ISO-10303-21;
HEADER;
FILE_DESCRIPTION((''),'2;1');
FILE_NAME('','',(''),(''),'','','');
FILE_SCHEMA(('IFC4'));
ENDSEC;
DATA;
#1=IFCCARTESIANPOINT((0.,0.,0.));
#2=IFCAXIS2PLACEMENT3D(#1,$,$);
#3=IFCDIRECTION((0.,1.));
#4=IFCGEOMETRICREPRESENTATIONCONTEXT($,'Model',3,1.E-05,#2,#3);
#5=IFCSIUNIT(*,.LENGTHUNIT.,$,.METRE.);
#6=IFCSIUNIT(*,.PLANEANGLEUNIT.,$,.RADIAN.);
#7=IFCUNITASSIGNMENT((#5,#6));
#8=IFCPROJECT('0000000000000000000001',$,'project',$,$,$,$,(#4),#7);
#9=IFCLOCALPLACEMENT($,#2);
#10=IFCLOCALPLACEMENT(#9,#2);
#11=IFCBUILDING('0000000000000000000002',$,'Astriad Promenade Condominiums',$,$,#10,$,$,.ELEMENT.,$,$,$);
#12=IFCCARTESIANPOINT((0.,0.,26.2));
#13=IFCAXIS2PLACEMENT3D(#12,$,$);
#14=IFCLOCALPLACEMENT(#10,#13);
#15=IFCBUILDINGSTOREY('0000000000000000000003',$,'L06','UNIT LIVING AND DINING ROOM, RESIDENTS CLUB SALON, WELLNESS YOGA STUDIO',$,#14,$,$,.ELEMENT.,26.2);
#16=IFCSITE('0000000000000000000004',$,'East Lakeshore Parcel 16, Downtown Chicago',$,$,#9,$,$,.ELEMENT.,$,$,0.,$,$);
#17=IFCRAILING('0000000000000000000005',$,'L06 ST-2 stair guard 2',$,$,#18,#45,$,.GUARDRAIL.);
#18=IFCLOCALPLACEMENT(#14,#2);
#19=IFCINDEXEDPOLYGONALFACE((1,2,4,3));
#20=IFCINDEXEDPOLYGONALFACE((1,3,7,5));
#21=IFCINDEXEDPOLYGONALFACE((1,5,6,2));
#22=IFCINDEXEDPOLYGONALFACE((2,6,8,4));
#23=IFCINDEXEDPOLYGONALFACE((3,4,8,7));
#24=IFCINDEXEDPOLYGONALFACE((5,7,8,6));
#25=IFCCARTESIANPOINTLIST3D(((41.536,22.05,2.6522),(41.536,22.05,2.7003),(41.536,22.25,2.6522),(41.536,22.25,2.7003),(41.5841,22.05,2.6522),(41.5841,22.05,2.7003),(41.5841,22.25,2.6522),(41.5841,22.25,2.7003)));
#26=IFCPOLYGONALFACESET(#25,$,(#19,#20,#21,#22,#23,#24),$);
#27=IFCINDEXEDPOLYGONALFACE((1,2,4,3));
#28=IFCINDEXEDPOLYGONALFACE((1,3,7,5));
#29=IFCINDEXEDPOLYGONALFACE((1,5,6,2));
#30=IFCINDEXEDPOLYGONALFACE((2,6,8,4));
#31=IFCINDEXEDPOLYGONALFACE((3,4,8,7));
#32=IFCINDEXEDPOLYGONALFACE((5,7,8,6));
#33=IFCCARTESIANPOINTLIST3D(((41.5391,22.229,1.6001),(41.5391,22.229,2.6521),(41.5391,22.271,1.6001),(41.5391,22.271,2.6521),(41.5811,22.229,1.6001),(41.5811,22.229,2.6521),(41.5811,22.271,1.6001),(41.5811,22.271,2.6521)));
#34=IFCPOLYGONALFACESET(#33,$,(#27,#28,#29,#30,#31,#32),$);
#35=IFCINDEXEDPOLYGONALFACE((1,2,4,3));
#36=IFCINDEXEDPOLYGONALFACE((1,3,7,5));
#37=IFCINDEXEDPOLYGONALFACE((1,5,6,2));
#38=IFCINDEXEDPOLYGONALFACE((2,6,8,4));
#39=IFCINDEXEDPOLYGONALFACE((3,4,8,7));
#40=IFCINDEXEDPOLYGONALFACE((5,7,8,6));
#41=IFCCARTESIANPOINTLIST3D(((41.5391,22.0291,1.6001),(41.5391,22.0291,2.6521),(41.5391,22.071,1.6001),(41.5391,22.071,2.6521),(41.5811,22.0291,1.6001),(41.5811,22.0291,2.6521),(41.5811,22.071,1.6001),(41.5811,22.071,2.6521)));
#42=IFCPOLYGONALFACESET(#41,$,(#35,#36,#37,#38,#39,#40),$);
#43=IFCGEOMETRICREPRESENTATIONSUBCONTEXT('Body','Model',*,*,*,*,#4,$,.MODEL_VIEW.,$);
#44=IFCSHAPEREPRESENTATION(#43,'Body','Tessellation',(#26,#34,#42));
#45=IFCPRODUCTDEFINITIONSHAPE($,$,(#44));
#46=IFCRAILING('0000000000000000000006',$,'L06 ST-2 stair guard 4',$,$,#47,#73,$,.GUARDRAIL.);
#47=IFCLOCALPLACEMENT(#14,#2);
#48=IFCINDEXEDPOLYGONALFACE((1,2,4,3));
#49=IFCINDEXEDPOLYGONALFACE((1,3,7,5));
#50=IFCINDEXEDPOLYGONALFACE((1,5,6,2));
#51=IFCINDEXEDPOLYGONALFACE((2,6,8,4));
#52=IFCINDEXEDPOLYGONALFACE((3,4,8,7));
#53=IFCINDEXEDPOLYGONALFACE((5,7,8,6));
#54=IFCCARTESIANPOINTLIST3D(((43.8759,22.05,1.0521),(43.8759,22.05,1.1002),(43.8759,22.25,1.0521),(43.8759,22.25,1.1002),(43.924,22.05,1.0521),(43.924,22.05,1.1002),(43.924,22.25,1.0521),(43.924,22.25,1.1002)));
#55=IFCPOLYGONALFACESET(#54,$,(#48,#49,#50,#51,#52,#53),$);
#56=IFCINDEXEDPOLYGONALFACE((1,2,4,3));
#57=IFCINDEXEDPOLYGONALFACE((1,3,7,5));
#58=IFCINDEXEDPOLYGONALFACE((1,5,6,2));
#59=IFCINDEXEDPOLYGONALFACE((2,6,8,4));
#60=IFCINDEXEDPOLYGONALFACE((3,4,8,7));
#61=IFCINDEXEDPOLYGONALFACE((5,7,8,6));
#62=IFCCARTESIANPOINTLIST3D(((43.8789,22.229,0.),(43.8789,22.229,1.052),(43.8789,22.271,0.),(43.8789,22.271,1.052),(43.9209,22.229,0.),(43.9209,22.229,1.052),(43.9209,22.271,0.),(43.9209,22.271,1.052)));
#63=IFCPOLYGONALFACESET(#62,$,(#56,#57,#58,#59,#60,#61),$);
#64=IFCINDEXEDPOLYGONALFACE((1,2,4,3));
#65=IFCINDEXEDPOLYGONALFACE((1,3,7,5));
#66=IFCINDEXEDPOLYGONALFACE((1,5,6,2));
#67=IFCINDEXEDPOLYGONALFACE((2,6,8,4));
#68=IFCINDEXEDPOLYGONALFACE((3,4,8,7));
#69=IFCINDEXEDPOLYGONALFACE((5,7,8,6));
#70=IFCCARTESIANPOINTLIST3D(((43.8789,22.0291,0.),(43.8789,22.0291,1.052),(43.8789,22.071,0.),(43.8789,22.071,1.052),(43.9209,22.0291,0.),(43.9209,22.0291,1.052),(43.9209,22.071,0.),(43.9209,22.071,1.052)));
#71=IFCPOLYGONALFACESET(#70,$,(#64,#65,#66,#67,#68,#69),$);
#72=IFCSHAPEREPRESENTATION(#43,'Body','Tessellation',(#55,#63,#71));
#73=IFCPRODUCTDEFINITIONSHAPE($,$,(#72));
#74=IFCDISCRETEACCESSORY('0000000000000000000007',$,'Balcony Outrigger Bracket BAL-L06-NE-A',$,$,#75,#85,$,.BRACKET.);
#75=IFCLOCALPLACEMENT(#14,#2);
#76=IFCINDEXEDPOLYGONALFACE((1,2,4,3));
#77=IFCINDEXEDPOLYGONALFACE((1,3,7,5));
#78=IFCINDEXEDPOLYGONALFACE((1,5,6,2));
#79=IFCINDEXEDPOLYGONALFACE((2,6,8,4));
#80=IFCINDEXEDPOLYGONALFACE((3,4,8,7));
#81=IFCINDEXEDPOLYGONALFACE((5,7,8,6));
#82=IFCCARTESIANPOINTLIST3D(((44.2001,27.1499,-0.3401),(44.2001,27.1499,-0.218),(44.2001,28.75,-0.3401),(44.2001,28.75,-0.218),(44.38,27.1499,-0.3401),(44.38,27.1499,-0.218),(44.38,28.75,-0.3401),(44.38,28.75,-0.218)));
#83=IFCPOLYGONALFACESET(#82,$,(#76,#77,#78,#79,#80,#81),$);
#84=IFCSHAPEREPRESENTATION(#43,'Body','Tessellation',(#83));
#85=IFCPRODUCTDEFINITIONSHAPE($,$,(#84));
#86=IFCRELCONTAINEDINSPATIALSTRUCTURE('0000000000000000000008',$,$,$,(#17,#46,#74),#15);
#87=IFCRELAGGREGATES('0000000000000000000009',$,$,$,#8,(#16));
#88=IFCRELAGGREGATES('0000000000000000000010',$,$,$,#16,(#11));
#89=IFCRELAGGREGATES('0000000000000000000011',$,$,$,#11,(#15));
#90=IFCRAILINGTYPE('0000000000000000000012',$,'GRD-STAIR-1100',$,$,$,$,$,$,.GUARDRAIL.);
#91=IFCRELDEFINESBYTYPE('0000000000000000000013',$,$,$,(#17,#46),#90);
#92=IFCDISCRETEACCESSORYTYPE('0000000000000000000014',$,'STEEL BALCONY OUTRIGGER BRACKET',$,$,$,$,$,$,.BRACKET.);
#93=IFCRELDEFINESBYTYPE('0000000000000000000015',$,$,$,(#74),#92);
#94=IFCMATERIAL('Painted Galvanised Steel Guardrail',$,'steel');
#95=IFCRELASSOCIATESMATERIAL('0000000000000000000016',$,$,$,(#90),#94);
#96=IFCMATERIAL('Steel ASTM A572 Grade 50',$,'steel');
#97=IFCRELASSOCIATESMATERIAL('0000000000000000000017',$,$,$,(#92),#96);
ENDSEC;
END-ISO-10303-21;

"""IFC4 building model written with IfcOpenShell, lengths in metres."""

from ifc_helpers import new_model, si_unit, direction, frame, origin, origin_2d, place, context, subcontext, project, spatial, rectangle, extrude, source, transform, mapped, material, type_object, type_shapes, element, save


model = new_model("IFC4")

# Units and contexts
model_context = context("Model", 3, precision=1e-05, world=origin(), true_north=direction((0.0, 1.0)))
body_context = subcontext(model_context, "Body", "Model", "MODEL_VIEW")
ifc_project = project(units=[si_unit("LENGTHUNIT", "METRE"), si_unit("PLANEANGLEUNIT", "RADIAN")], contexts=[model_context])

# Site, building, storey
site_placement = place(None, origin())
site = spatial("IfcSite", under=ifc_project, at=site_placement, Name="East Lakeshore Parcel 16, Downtown Chicago", CompositionType="ELEMENT", RefElevation=0.0)
building_placement = place(site_placement, origin())
building = spatial("IfcBuilding", under=site, at=building_placement, Name="Astriad Promenade Condominiums", CompositionType="ELEMENT")
storey_placement = place(building_placement, frame((0.0, 0.0, 26.2)))
storey = spatial("IfcBuildingStorey", under=building, at=storey_placement, Name="L06", Description="UNIT LIVING AND DINING ROOM, RESIDENTS CLUB SALON, WELLNESS YOGA STUDIO", CompositionType="ELEMENT", Elevation=26.2)

# Railings
ifc_material_1 = material(Name="Painted Galvanised Steel Guardrail", Category="steel")
railing_type_1 = type_object("IfcRailingType", Name="GRD-STAIR-1100", PredefinedType="GUARDRAIL", material=ifc_material_1)
shared_shape_1 = source(origin(), body_context, "Body", "SweptSolid", [
    extrude(rectangle(XDim=0.0481, YDim=0.0481, at=origin_2d()), frame((0.0, 0.0, 1.0762), z_axis=(0.0, -1.0, 0.0), x_axis=(1.0, 0.0, 0.0)), (0.0, 0.0, 1.0), 0.2),
    extrude(rectangle(XDim=0.042, YDim=0.042, at=origin_2d()), origin(), (0.0, 0.0, 1.0), 1.052),
    extrude(rectangle(XDim=0.042, YDim=0.042, at=origin_2d()), frame((0.0, -0.2, 0.0)), (0.0, 0.0, 1.0), 1.052),
])
for number, where, name in (
    (1, (41.5601, 22.25, 1.6001), "L06 ST-2 stair guard 2"),
    (2, (43.8999, 22.25, 0.0), "L06 ST-2 stair guard 4"),
):
    element("IfcRailing", number, at=place(storey_placement, frame(where)), inside=storey, type_object=railing_type_1, Name=name, PredefinedType="GUARDRAIL", context=body_context, shape_type="MappedRepresentation", body=[
        mapped(shared_shape_1, transform((0.0, 0.0, 0.0), scale=1.0)),
    ])

# Discrete accessory
ifc_material_2 = material(Name="Steel ASTM A572 Grade 50", Category="steel")
discrete_accessory_type = type_object("IfcDiscreteAccessoryType", Name="STEEL BALCONY OUTRIGGER BRACKET", PredefinedType="BRACKET", material=ifc_material_2)
shared_shape_2 = source(origin(), body_context, "Body", "SweptSolid", [
    extrude(rectangle(XDim=1.6001, YDim=0.1799, at=origin_2d()), origin(), (0.0, 0.0, 1.0), 0.1221),
])
type_shapes(discrete_accessory_type, [shared_shape_2])
discrete_accessory_placement = place(storey_placement, frame((44.29, 27.95, -0.3401), z_axis=(0.0, 0.0, 1.0), x_axis=(0.0, 1.0, 0.0)))
element("IfcDiscreteAccessory", 3, at=discrete_accessory_placement, inside=storey, type_object=discrete_accessory_type, Name="Balcony Outrigger Bracket BAL-L06-NE-A", PredefinedType="BRACKET", context=body_context, shape_type="MappedRepresentation", body=[
    mapped(shared_shape_2, transform((0.0, 0.0, 0.0), scale=1.0)),
])

save(model, "model.ifc")
